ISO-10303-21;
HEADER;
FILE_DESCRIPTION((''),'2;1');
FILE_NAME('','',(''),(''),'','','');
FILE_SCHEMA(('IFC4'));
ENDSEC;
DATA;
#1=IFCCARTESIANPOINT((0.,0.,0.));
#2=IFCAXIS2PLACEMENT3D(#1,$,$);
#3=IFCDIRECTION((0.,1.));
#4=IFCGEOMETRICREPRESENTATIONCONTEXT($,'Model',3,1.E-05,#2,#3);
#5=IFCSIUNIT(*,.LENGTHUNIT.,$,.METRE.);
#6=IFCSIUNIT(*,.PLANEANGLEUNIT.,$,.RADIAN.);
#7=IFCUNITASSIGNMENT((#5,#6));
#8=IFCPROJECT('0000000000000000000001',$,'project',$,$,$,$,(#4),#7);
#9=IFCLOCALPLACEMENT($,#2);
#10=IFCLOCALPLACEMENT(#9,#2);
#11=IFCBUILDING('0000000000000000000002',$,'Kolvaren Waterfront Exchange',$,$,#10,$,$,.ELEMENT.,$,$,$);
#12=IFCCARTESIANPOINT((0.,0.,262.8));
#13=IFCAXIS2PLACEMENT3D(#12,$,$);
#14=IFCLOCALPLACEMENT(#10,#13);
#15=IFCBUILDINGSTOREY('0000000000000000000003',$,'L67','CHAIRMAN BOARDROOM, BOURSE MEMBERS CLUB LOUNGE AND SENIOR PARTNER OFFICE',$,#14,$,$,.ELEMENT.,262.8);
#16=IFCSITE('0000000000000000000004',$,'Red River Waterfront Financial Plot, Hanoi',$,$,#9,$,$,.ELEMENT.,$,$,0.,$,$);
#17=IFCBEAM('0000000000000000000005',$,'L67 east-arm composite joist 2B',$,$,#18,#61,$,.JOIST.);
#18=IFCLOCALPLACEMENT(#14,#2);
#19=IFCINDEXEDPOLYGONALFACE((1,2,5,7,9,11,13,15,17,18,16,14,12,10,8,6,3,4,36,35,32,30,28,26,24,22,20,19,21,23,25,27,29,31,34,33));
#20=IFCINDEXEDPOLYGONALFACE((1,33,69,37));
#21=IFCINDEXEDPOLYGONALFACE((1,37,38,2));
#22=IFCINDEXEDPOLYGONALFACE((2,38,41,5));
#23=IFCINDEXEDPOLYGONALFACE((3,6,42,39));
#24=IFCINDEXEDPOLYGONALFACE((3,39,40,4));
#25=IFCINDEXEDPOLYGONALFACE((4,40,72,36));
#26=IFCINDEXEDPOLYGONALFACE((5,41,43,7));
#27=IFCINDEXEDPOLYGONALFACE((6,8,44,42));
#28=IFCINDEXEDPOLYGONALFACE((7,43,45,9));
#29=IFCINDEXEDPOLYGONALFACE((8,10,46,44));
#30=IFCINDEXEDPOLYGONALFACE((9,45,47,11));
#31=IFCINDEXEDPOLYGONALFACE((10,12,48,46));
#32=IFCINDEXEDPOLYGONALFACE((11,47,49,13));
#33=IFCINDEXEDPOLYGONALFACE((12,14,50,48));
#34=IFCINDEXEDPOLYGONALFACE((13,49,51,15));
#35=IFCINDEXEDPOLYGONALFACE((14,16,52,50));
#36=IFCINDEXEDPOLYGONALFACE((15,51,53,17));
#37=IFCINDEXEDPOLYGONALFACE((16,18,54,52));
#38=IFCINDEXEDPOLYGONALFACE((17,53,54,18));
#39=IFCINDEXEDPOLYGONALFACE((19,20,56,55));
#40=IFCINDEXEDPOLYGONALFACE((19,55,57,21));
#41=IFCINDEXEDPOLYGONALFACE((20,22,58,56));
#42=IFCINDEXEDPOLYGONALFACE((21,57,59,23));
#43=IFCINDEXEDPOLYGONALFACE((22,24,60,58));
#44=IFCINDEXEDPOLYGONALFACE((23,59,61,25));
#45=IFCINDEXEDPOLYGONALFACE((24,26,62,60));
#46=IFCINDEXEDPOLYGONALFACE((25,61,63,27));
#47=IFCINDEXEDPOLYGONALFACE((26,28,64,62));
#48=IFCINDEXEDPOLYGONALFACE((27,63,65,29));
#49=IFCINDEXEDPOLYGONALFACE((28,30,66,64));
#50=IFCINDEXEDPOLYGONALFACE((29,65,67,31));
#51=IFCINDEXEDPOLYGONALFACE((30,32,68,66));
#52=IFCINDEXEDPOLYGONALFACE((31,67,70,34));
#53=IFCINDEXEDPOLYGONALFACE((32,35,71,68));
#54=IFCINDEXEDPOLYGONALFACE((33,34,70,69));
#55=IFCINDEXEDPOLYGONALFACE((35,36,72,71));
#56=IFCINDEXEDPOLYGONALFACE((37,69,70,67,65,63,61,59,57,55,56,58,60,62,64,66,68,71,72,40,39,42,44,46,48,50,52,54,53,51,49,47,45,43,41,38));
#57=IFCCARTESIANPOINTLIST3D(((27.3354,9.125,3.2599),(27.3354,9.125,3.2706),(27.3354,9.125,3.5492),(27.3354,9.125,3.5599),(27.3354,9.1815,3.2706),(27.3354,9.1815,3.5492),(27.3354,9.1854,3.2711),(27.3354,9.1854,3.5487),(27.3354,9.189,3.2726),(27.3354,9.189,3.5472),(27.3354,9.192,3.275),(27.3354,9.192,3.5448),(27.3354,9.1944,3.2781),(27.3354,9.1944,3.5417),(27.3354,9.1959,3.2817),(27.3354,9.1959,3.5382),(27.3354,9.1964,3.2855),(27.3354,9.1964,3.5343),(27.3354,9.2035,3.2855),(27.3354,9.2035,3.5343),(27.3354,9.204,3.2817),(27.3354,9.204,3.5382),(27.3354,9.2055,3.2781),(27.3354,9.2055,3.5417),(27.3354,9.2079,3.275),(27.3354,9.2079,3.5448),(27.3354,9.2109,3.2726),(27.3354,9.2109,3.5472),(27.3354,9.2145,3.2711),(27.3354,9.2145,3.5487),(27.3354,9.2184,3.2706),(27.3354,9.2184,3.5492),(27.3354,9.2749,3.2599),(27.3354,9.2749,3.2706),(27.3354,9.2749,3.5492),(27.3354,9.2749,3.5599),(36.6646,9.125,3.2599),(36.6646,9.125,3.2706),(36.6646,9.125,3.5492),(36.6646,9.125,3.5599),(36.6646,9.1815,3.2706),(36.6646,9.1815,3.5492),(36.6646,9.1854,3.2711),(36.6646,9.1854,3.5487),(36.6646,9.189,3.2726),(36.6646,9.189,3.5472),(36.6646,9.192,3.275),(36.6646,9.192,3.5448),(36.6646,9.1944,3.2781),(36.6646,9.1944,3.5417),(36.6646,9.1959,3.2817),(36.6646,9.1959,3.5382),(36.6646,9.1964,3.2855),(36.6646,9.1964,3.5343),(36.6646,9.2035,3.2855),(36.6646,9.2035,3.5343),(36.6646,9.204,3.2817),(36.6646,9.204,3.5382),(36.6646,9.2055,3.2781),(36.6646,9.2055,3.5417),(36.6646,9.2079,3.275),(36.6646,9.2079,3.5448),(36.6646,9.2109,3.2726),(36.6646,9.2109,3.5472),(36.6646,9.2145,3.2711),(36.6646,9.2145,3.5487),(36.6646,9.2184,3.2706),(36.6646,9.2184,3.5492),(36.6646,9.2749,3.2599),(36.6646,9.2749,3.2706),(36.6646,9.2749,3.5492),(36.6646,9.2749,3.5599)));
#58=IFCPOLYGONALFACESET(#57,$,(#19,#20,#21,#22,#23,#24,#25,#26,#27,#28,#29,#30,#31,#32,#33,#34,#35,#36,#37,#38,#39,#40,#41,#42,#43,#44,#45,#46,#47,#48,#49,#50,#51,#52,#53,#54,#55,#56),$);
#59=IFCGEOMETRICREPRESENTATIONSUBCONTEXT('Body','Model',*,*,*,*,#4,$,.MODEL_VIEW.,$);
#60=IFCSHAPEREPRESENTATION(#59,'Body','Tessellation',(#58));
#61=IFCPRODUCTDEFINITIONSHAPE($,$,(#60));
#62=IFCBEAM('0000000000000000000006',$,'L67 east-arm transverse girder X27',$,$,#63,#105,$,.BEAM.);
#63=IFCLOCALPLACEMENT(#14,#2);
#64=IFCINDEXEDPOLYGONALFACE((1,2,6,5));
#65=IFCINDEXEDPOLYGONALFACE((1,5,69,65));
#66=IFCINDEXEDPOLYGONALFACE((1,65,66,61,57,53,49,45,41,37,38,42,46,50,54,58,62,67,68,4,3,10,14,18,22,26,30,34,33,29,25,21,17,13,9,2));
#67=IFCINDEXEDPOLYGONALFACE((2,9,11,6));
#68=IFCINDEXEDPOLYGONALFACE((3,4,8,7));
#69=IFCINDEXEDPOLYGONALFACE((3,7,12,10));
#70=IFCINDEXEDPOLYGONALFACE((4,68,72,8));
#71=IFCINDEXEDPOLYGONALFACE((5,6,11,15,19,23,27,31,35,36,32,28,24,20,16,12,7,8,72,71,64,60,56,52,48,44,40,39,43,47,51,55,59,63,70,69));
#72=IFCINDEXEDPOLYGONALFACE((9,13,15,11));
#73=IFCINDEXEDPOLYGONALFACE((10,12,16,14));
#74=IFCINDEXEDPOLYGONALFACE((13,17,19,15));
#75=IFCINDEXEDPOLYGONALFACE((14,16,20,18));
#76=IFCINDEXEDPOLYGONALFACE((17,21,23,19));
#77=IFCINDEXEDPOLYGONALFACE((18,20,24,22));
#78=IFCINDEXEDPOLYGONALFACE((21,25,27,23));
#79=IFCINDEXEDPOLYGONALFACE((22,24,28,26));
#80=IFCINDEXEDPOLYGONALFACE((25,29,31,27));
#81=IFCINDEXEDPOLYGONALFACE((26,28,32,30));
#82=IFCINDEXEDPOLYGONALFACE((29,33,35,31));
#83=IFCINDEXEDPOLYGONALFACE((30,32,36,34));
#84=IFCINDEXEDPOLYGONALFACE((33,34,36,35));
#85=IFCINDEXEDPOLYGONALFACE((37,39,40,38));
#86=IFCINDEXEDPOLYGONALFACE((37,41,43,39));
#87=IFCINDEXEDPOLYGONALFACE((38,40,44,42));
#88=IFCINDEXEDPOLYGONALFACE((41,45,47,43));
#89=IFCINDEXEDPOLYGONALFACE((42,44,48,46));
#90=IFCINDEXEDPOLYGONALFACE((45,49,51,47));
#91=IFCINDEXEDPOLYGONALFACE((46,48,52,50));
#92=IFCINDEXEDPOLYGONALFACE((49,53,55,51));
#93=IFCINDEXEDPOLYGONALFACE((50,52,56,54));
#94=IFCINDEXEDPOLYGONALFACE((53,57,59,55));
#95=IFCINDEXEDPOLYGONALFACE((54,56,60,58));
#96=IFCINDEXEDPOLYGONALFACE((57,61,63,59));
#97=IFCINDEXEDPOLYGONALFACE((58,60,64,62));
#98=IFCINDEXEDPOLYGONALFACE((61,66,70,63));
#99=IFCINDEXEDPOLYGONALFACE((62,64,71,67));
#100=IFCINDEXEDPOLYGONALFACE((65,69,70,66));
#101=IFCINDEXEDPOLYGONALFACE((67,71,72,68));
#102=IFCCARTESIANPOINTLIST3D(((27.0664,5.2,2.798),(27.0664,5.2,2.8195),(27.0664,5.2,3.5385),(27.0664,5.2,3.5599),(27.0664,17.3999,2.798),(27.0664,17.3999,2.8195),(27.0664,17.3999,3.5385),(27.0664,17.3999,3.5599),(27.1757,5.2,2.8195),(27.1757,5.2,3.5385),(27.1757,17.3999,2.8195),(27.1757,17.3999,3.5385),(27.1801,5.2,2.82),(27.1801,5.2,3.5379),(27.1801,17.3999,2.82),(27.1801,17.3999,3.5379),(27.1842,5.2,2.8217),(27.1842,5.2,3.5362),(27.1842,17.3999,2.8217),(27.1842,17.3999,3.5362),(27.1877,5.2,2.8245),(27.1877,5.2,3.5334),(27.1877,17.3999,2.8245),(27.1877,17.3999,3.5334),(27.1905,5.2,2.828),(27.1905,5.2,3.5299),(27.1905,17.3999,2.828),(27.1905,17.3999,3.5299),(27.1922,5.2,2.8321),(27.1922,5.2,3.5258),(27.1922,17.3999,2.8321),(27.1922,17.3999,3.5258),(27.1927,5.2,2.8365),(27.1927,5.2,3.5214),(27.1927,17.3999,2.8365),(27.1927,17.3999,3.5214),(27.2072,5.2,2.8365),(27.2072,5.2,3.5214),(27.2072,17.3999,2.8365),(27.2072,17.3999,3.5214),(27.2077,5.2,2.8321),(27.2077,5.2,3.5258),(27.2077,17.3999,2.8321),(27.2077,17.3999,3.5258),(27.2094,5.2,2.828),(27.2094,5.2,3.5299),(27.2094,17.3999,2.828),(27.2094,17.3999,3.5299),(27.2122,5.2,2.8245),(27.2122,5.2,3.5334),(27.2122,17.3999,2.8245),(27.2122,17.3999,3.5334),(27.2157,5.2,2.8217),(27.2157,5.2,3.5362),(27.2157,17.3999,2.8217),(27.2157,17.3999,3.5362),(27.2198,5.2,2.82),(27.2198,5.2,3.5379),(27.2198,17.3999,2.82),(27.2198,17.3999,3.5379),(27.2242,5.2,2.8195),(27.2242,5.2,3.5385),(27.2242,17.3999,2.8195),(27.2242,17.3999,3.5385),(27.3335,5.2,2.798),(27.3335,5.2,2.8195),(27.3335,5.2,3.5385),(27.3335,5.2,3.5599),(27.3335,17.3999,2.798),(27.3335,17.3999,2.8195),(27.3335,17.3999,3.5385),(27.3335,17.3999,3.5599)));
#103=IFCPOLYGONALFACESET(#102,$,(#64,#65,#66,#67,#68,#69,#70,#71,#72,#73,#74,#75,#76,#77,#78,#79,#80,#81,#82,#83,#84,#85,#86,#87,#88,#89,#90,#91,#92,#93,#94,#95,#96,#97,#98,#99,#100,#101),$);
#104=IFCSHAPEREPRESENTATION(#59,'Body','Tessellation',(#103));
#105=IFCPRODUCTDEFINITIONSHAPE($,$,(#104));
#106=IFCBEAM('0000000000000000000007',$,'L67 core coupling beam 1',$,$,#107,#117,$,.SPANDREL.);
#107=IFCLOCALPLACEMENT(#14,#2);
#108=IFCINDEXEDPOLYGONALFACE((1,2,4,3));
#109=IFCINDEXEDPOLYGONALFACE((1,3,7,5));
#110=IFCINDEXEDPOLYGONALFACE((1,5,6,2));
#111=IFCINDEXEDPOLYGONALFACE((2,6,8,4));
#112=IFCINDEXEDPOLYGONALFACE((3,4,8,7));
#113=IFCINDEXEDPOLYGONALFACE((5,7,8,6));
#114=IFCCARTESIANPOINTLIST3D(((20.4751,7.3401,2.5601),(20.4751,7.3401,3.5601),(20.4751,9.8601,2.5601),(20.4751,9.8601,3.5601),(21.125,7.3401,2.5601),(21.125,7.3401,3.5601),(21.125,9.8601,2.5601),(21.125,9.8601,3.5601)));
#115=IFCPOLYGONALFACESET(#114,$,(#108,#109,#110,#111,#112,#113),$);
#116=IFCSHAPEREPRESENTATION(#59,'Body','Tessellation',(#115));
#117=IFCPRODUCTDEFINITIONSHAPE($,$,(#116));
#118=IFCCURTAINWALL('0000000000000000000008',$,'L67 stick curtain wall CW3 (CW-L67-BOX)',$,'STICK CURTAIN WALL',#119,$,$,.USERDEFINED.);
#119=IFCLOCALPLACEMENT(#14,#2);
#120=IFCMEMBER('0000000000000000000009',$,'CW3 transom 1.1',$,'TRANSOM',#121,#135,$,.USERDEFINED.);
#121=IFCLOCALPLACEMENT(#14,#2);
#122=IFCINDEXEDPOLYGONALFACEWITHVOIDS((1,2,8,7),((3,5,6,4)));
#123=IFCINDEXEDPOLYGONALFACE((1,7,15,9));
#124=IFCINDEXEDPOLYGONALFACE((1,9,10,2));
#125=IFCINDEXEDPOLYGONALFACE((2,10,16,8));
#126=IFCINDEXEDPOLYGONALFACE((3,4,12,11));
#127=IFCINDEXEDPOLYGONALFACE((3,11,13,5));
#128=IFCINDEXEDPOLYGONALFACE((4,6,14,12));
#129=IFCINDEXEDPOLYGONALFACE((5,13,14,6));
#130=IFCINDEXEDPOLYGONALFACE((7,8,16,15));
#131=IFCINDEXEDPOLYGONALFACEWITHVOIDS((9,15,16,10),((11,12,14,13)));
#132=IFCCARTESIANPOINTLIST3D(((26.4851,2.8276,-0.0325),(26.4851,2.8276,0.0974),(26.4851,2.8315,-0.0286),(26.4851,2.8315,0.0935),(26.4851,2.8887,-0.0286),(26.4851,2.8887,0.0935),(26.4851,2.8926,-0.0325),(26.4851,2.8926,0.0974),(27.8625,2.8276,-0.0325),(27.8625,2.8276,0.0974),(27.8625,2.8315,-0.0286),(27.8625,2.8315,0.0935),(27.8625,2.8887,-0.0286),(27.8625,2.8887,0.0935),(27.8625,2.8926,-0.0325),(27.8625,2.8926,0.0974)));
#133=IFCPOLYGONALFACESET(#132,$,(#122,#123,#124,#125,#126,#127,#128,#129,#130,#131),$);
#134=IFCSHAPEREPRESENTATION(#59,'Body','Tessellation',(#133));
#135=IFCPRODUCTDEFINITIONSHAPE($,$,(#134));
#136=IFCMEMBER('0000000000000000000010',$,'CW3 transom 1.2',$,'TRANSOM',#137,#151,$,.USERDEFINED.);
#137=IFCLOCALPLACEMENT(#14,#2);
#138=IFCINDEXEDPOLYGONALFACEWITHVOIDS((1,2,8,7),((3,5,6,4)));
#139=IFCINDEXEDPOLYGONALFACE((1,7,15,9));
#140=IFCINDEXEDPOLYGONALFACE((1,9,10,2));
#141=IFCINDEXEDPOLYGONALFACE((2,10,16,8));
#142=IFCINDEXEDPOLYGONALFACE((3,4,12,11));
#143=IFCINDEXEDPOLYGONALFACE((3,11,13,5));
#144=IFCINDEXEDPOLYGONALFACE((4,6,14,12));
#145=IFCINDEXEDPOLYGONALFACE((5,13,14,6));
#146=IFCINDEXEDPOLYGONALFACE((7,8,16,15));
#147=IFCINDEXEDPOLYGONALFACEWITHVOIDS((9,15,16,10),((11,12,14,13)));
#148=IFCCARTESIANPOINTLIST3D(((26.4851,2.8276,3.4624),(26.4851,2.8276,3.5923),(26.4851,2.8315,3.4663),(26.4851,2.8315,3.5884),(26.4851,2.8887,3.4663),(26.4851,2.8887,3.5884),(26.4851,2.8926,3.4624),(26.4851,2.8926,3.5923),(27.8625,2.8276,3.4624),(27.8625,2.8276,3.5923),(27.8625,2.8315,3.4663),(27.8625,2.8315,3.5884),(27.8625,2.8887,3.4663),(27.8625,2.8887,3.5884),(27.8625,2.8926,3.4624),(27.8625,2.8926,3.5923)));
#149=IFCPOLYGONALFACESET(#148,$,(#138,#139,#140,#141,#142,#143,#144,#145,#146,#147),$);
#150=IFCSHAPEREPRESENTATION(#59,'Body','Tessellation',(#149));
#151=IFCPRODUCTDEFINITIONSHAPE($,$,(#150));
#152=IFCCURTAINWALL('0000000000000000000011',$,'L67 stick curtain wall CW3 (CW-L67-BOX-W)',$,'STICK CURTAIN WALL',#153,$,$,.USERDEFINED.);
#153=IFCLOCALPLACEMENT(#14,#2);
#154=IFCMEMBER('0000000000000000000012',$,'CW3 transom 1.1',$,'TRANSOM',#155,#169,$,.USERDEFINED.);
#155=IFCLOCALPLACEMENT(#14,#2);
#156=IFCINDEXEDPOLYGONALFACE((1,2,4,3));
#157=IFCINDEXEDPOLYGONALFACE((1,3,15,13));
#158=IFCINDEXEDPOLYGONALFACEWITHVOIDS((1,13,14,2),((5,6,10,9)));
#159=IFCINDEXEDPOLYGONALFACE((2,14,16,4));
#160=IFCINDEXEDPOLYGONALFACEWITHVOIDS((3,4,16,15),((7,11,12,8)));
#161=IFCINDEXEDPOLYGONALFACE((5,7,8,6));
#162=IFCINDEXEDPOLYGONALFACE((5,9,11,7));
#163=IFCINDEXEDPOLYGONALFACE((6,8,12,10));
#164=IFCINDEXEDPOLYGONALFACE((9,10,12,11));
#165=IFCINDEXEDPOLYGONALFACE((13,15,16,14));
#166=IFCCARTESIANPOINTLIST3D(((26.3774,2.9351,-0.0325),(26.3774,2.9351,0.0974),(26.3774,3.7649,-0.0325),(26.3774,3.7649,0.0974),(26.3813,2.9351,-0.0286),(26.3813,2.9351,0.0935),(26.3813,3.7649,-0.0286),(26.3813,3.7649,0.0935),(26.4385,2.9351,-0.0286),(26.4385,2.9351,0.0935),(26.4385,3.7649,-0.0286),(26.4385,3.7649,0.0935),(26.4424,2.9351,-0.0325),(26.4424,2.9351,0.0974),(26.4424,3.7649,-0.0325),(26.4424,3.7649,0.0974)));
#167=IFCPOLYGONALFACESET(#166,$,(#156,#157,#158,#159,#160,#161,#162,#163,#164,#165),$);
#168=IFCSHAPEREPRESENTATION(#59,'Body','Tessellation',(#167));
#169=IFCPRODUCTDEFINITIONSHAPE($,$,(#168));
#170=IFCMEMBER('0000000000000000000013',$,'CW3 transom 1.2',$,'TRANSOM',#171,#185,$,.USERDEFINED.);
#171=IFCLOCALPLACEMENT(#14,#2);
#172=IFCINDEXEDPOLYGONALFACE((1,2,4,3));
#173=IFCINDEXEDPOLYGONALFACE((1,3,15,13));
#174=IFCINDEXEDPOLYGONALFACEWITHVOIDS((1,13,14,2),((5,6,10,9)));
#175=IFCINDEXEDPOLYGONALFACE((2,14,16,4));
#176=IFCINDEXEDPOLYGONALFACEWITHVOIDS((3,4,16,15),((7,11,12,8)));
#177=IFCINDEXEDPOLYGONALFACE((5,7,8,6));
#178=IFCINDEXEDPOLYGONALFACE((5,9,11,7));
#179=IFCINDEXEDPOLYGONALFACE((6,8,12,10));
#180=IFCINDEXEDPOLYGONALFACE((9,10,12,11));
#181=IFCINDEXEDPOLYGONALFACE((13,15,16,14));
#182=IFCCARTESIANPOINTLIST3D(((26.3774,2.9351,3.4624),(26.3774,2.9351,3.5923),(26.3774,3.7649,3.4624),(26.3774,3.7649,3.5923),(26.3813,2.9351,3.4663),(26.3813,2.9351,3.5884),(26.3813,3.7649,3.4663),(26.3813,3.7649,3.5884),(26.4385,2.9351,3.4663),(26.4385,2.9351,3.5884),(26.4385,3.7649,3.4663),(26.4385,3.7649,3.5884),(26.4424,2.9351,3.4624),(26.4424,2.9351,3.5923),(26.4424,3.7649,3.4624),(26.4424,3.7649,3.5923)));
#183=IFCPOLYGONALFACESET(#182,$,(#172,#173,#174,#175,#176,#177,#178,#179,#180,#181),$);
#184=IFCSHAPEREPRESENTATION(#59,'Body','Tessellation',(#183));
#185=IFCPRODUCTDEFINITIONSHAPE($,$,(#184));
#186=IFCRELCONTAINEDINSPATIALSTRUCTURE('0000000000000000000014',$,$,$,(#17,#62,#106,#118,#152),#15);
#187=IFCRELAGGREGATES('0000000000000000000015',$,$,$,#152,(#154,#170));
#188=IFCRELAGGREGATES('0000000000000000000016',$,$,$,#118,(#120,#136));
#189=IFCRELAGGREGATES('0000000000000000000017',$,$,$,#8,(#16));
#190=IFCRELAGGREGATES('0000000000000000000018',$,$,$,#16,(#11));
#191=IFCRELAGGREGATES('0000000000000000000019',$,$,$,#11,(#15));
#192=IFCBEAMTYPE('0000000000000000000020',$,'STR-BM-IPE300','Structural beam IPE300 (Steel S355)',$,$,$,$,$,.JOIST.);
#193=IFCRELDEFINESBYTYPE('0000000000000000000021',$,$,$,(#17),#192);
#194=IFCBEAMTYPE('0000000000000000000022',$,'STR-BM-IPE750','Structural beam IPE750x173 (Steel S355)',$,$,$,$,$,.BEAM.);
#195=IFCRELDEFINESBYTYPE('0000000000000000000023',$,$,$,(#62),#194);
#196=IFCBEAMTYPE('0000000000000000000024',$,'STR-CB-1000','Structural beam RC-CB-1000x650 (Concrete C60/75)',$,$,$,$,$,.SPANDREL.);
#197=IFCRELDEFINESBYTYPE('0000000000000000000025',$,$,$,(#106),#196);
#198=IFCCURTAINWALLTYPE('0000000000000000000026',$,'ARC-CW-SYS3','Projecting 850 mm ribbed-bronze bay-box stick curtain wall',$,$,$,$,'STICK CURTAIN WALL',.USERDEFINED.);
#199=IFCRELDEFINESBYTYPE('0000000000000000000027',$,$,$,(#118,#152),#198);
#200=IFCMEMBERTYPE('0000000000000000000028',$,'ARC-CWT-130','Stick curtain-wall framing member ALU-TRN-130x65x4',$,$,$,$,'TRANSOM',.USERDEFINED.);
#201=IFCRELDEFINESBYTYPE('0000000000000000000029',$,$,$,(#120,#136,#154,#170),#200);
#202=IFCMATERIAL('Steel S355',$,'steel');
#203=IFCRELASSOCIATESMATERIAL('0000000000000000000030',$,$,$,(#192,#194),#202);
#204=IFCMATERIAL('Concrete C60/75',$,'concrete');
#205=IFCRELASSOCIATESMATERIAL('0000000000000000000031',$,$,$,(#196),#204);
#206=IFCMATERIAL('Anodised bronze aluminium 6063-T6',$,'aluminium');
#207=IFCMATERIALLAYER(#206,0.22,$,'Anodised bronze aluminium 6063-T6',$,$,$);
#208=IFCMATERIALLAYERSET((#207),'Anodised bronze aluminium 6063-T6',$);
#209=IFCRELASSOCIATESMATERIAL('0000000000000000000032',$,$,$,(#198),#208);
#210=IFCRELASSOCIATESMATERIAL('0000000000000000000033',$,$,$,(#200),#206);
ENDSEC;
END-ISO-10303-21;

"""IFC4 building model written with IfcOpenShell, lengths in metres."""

from ifc_helpers import new_model, si_unit, direction, frame, origin, origin_with_axes, origin_2d, place, context, subcontext, project, spatial, rectangle, hollow_rectangle, i_section, extrude, source, transform, mapped, material, layer, layer_set, material_profile, profile_set, type_object, element, aggregate, save


model = new_model("IFC4")

# Units and contexts
model_context = context("Model", 3, precision=1e-05, world=origin(), true_north=direction((0.0, 1.0)))
body_context = subcontext(model_context, "Body", "Model", "MODEL_VIEW")
ifc_project = project(units=[si_unit("LENGTHUNIT", "METRE"), si_unit("PLANEANGLEUNIT", "RADIAN")], contexts=[model_context])

# Site, building, storey
site_placement = place(None, origin())
site = spatial("IfcSite", under=ifc_project, at=site_placement, Name="Red River Waterfront Financial Plot, Hanoi", CompositionType="ELEMENT", RefElevation=0.0)
building_placement = place(site_placement, origin())
building = spatial("IfcBuilding", under=site, at=building_placement, Name="Kolvaren Waterfront Exchange", CompositionType="ELEMENT")
storey_placement = place(building_placement, frame((0.0, 0.0, 262.8)))
storey = spatial("IfcBuildingStorey", under=building, at=storey_placement, Name="L67", Description="CHAIRMAN BOARDROOM, BOURSE MEMBERS CLUB LOUNGE AND SENIOR PARTNER OFFICE", CompositionType="ELEMENT", Elevation=262.8)

# Beams
ifc_material_1 = material(Name="Steel S355", Category="steel")
ifc_material_profile_1 = material_profile(ifc_material_1, i_section(OverallWidth=0.1499, OverallDepth=0.3, WebThickness=0.0071, FlangeThickness=0.0107, FilletRadius=0.0149, at=origin_2d()), Name="IPE300")
ifc_profile_set_1 = profile_set([ifc_material_profile_1], Name="Steel S355")
beam_type_1 = type_object("IfcBeamType", Name="STR-BM-IPE300", Description="Structural beam IPE300 (Steel S355)", PredefinedType="JOIST", material=ifc_profile_set_1)
beam_1_placement = place(storey_placement, frame((27.3354, 9.2, 3.4099), z_axis=(1.0, 0.0, 0.0), x_axis=(0.0, 1.0, 0.0)))
element("IfcBeam", 1, at=beam_1_placement, inside=storey, type_object=beam_type_1, Name="L67 east-arm composite joist 2B", PredefinedType="JOIST", context=body_context, shape_type="SweptSolid", body=[
    extrude(i_section(OverallWidth=0.1499, OverallDepth=0.3, WebThickness=0.0071, FlangeThickness=0.0107, FilletRadius=0.0149, at=origin_2d()), origin(), (0.0, 0.0, 1.0), 9.3291),
])
ifc_material_profile_2 = material_profile(ifc_material_1, i_section(OverallWidth=0.2671, OverallDepth=0.762, WebThickness=0.0144, FlangeThickness=0.0215, FilletRadius=0.0171, at=origin_2d()), Name="IPE750x173")
ifc_profile_set_2 = profile_set([ifc_material_profile_2], Name="Steel S355")
beam_type_2 = type_object("IfcBeamType", Name="STR-BM-IPE750", Description="Structural beam IPE750x173 (Steel S355)", PredefinedType="BEAM", material=ifc_profile_set_2)
beam_2_placement = place(storey_placement, frame((27.2, 5.2, 3.179), z_axis=(0.0, 1.0, 0.0), x_axis=(-1.0, 0.0, 0.0)))
element("IfcBeam", 2, at=beam_2_placement, inside=storey, type_object=beam_type_2, Name="L67 east-arm transverse girder X27", PredefinedType="BEAM", context=body_context, shape_type="SweptSolid", body=[
    extrude(i_section(OverallWidth=0.2671, OverallDepth=0.762, WebThickness=0.0144, FlangeThickness=0.0215, FilletRadius=0.0171, at=origin_2d()), origin(), (0.0, 0.0, 1.0), 12.2),
])
ifc_material_2 = material(Name="Concrete C60/75", Category="concrete")
ifc_material_profile_3 = material_profile(ifc_material_2, rectangle(XDim=0.6499, YDim=1.0, at=origin_2d()), Name="RC-CB-1000x650")
ifc_profile_set_3 = profile_set([ifc_material_profile_3], Name="Concrete C60/75")
beam_type_3 = type_object("IfcBeamType", Name="STR-CB-1000", Description="Structural beam RC-CB-1000x650 (Concrete C60/75)", PredefinedType="SPANDREL", material=ifc_profile_set_3)
beam_3_placement = place(storey_placement, frame((20.8, 7.3401, 3.0601), z_axis=(0.0, 1.0, 0.0), x_axis=(-1.0, 0.0, 0.0)))
element("IfcBeam", 3, at=beam_3_placement, inside=storey, type_object=beam_type_3, Name="L67 core coupling beam 1", PredefinedType="SPANDREL", context=body_context, shape_type="SweptSolid", body=[
    extrude(rectangle(XDim=0.6499, YDim=1.0, at=origin_2d()), origin(), (0.0, 0.0, 1.0), 2.52),
])

# Curtain walls, members
ifc_material_3 = material(Name="Anodised bronze aluminium 6063-T6", Category="aluminium")
ifc_layer_1 = layer(ifc_material_3, 0.22, Name="Anodised bronze aluminium 6063-T6")
ifc_layer_set_1 = layer_set([ifc_layer_1], Name="Anodised bronze aluminium 6063-T6")
curtain_wall_type_1 = type_object("IfcCurtainWallType", Name="ARC-CW-SYS3", Description="Projecting 850 mm ribbed-bronze bay-box stick curtain wall", ElementType="STICK CURTAIN WALL", PredefinedType="USERDEFINED", material=ifc_layer_set_1)
curtain_wall_1_placement = place(storey_placement, origin())
curtain_wall_1 = element("IfcCurtainWall", 4, at=curtain_wall_1_placement, inside=storey, type_object=curtain_wall_type_1, Name="L67 stick curtain wall CW3 (CW-L67-BOX)", ObjectType="STICK CURTAIN WALL", PredefinedType="USERDEFINED")
ifc_material_profile_4 = material_profile(ifc_material_3, hollow_rectangle(XDim=0.0649, YDim=0.1299, WallThickness=0.0039, at=origin_2d()), Name="ALU-TRN-130x65x4")
ifc_profile_set_4 = profile_set([ifc_material_profile_4], Name="Anodised bronze aluminium 6063-T6")
member_type_1 = type_object("IfcMemberType", Name="ARC-CWT-130", Description="Stick curtain-wall framing member ALU-TRN-130x65x4", ElementType="TRANSOM", PredefinedType="USERDEFINED", material=ifc_profile_set_4)
shared_shape_1 = source(origin_with_axes(), body_context, "Body", "SweptSolid", [
    extrude(hollow_rectangle(XDim=0.0649, YDim=0.1299, WallThickness=0.0039, at=origin_2d()), origin(), (0.0, 0.0, 1.0), 1.3774),
])
member_1_placement = place(storey_placement, frame((26.4851, 2.8601, 0.0325), z_axis=(1.0, 0.0, 0.0), x_axis=(0.0, 1.0, 0.0)))
member_1 = element("IfcMember", 5, at=member_1_placement, type_object=member_type_1, Name="CW3 transom 1.1", ObjectType="TRANSOM", PredefinedType="USERDEFINED", context=body_context, shape_type="MappedRepresentation", body=[
    mapped(shared_shape_1, transform((0.0, 0.0, 0.0), x_axis=(1.0, 0.0, 0.0), y_axis=(0.0, 1.0, 0.0), z_axis=(0.0, 0.0, 1.0), scale=1.0)),
])
member_2_placement = place(storey_placement, frame((26.4851, 2.8601, 3.5273), z_axis=(1.0, 0.0, 0.0), x_axis=(0.0, 1.0, 0.0)))
member_2 = element("IfcMember", 6, at=member_2_placement, type_object=member_type_1, Name="CW3 transom 1.2", ObjectType="TRANSOM", PredefinedType="USERDEFINED", context=body_context, shape_type="MappedRepresentation", body=[
    mapped(shared_shape_1, transform((0.0, 0.0, 0.0), x_axis=(1.0, 0.0, 0.0), y_axis=(0.0, 1.0, 0.0), z_axis=(0.0, 0.0, 1.0), scale=1.0)),
])
curtain_wall_2_placement = place(storey_placement, origin())
curtain_wall_2 = element("IfcCurtainWall", 7, at=curtain_wall_2_placement, inside=storey, type_object=curtain_wall_type_1, Name="L67 stick curtain wall CW3 (CW-L67-BOX-W)", ObjectType="STICK CURTAIN WALL", PredefinedType="USERDEFINED")
shared_shape_2 = source(origin_with_axes(), body_context, "Body", "SweptSolid", [
    extrude(hollow_rectangle(XDim=0.0649, YDim=0.1299, WallThickness=0.0039, at=origin_2d()), origin(), (0.0, 0.0, 1.0), 0.8298),
])
member_3_placement = place(storey_placement, frame((26.4099, 3.7649, 0.0325), z_axis=(0.0, -1.0, 0.0), x_axis=(1.0, 0.0, 0.0)))
member_3 = element("IfcMember", 8, at=member_3_placement, type_object=member_type_1, Name="CW3 transom 1.1", ObjectType="TRANSOM", PredefinedType="USERDEFINED", context=body_context, shape_type="MappedRepresentation", body=[
    mapped(shared_shape_2, transform((0.0, 0.0, 0.0), x_axis=(1.0, 0.0, 0.0), y_axis=(0.0, 1.0, 0.0), z_axis=(0.0, 0.0, 1.0), scale=1.0)),
])
member_4_placement = place(storey_placement, frame((26.4099, 3.7649, 3.5273), z_axis=(0.0, -1.0, 0.0), x_axis=(1.0, 0.0, 0.0)))
member_4 = element("IfcMember", 9, at=member_4_placement, type_object=member_type_1, Name="CW3 transom 1.2", ObjectType="TRANSOM", PredefinedType="USERDEFINED", context=body_context, shape_type="MappedRepresentation", body=[
    mapped(shared_shape_2, transform((0.0, 0.0, 0.0), x_axis=(1.0, 0.0, 0.0), y_axis=(0.0, 1.0, 0.0), z_axis=(0.0, 0.0, 1.0), scale=1.0)),
])

aggregate(curtain_wall_2, [member_3, member_4])
aggregate(curtain_wall_1, [member_1, member_2])

save(model, "model.ifc")
